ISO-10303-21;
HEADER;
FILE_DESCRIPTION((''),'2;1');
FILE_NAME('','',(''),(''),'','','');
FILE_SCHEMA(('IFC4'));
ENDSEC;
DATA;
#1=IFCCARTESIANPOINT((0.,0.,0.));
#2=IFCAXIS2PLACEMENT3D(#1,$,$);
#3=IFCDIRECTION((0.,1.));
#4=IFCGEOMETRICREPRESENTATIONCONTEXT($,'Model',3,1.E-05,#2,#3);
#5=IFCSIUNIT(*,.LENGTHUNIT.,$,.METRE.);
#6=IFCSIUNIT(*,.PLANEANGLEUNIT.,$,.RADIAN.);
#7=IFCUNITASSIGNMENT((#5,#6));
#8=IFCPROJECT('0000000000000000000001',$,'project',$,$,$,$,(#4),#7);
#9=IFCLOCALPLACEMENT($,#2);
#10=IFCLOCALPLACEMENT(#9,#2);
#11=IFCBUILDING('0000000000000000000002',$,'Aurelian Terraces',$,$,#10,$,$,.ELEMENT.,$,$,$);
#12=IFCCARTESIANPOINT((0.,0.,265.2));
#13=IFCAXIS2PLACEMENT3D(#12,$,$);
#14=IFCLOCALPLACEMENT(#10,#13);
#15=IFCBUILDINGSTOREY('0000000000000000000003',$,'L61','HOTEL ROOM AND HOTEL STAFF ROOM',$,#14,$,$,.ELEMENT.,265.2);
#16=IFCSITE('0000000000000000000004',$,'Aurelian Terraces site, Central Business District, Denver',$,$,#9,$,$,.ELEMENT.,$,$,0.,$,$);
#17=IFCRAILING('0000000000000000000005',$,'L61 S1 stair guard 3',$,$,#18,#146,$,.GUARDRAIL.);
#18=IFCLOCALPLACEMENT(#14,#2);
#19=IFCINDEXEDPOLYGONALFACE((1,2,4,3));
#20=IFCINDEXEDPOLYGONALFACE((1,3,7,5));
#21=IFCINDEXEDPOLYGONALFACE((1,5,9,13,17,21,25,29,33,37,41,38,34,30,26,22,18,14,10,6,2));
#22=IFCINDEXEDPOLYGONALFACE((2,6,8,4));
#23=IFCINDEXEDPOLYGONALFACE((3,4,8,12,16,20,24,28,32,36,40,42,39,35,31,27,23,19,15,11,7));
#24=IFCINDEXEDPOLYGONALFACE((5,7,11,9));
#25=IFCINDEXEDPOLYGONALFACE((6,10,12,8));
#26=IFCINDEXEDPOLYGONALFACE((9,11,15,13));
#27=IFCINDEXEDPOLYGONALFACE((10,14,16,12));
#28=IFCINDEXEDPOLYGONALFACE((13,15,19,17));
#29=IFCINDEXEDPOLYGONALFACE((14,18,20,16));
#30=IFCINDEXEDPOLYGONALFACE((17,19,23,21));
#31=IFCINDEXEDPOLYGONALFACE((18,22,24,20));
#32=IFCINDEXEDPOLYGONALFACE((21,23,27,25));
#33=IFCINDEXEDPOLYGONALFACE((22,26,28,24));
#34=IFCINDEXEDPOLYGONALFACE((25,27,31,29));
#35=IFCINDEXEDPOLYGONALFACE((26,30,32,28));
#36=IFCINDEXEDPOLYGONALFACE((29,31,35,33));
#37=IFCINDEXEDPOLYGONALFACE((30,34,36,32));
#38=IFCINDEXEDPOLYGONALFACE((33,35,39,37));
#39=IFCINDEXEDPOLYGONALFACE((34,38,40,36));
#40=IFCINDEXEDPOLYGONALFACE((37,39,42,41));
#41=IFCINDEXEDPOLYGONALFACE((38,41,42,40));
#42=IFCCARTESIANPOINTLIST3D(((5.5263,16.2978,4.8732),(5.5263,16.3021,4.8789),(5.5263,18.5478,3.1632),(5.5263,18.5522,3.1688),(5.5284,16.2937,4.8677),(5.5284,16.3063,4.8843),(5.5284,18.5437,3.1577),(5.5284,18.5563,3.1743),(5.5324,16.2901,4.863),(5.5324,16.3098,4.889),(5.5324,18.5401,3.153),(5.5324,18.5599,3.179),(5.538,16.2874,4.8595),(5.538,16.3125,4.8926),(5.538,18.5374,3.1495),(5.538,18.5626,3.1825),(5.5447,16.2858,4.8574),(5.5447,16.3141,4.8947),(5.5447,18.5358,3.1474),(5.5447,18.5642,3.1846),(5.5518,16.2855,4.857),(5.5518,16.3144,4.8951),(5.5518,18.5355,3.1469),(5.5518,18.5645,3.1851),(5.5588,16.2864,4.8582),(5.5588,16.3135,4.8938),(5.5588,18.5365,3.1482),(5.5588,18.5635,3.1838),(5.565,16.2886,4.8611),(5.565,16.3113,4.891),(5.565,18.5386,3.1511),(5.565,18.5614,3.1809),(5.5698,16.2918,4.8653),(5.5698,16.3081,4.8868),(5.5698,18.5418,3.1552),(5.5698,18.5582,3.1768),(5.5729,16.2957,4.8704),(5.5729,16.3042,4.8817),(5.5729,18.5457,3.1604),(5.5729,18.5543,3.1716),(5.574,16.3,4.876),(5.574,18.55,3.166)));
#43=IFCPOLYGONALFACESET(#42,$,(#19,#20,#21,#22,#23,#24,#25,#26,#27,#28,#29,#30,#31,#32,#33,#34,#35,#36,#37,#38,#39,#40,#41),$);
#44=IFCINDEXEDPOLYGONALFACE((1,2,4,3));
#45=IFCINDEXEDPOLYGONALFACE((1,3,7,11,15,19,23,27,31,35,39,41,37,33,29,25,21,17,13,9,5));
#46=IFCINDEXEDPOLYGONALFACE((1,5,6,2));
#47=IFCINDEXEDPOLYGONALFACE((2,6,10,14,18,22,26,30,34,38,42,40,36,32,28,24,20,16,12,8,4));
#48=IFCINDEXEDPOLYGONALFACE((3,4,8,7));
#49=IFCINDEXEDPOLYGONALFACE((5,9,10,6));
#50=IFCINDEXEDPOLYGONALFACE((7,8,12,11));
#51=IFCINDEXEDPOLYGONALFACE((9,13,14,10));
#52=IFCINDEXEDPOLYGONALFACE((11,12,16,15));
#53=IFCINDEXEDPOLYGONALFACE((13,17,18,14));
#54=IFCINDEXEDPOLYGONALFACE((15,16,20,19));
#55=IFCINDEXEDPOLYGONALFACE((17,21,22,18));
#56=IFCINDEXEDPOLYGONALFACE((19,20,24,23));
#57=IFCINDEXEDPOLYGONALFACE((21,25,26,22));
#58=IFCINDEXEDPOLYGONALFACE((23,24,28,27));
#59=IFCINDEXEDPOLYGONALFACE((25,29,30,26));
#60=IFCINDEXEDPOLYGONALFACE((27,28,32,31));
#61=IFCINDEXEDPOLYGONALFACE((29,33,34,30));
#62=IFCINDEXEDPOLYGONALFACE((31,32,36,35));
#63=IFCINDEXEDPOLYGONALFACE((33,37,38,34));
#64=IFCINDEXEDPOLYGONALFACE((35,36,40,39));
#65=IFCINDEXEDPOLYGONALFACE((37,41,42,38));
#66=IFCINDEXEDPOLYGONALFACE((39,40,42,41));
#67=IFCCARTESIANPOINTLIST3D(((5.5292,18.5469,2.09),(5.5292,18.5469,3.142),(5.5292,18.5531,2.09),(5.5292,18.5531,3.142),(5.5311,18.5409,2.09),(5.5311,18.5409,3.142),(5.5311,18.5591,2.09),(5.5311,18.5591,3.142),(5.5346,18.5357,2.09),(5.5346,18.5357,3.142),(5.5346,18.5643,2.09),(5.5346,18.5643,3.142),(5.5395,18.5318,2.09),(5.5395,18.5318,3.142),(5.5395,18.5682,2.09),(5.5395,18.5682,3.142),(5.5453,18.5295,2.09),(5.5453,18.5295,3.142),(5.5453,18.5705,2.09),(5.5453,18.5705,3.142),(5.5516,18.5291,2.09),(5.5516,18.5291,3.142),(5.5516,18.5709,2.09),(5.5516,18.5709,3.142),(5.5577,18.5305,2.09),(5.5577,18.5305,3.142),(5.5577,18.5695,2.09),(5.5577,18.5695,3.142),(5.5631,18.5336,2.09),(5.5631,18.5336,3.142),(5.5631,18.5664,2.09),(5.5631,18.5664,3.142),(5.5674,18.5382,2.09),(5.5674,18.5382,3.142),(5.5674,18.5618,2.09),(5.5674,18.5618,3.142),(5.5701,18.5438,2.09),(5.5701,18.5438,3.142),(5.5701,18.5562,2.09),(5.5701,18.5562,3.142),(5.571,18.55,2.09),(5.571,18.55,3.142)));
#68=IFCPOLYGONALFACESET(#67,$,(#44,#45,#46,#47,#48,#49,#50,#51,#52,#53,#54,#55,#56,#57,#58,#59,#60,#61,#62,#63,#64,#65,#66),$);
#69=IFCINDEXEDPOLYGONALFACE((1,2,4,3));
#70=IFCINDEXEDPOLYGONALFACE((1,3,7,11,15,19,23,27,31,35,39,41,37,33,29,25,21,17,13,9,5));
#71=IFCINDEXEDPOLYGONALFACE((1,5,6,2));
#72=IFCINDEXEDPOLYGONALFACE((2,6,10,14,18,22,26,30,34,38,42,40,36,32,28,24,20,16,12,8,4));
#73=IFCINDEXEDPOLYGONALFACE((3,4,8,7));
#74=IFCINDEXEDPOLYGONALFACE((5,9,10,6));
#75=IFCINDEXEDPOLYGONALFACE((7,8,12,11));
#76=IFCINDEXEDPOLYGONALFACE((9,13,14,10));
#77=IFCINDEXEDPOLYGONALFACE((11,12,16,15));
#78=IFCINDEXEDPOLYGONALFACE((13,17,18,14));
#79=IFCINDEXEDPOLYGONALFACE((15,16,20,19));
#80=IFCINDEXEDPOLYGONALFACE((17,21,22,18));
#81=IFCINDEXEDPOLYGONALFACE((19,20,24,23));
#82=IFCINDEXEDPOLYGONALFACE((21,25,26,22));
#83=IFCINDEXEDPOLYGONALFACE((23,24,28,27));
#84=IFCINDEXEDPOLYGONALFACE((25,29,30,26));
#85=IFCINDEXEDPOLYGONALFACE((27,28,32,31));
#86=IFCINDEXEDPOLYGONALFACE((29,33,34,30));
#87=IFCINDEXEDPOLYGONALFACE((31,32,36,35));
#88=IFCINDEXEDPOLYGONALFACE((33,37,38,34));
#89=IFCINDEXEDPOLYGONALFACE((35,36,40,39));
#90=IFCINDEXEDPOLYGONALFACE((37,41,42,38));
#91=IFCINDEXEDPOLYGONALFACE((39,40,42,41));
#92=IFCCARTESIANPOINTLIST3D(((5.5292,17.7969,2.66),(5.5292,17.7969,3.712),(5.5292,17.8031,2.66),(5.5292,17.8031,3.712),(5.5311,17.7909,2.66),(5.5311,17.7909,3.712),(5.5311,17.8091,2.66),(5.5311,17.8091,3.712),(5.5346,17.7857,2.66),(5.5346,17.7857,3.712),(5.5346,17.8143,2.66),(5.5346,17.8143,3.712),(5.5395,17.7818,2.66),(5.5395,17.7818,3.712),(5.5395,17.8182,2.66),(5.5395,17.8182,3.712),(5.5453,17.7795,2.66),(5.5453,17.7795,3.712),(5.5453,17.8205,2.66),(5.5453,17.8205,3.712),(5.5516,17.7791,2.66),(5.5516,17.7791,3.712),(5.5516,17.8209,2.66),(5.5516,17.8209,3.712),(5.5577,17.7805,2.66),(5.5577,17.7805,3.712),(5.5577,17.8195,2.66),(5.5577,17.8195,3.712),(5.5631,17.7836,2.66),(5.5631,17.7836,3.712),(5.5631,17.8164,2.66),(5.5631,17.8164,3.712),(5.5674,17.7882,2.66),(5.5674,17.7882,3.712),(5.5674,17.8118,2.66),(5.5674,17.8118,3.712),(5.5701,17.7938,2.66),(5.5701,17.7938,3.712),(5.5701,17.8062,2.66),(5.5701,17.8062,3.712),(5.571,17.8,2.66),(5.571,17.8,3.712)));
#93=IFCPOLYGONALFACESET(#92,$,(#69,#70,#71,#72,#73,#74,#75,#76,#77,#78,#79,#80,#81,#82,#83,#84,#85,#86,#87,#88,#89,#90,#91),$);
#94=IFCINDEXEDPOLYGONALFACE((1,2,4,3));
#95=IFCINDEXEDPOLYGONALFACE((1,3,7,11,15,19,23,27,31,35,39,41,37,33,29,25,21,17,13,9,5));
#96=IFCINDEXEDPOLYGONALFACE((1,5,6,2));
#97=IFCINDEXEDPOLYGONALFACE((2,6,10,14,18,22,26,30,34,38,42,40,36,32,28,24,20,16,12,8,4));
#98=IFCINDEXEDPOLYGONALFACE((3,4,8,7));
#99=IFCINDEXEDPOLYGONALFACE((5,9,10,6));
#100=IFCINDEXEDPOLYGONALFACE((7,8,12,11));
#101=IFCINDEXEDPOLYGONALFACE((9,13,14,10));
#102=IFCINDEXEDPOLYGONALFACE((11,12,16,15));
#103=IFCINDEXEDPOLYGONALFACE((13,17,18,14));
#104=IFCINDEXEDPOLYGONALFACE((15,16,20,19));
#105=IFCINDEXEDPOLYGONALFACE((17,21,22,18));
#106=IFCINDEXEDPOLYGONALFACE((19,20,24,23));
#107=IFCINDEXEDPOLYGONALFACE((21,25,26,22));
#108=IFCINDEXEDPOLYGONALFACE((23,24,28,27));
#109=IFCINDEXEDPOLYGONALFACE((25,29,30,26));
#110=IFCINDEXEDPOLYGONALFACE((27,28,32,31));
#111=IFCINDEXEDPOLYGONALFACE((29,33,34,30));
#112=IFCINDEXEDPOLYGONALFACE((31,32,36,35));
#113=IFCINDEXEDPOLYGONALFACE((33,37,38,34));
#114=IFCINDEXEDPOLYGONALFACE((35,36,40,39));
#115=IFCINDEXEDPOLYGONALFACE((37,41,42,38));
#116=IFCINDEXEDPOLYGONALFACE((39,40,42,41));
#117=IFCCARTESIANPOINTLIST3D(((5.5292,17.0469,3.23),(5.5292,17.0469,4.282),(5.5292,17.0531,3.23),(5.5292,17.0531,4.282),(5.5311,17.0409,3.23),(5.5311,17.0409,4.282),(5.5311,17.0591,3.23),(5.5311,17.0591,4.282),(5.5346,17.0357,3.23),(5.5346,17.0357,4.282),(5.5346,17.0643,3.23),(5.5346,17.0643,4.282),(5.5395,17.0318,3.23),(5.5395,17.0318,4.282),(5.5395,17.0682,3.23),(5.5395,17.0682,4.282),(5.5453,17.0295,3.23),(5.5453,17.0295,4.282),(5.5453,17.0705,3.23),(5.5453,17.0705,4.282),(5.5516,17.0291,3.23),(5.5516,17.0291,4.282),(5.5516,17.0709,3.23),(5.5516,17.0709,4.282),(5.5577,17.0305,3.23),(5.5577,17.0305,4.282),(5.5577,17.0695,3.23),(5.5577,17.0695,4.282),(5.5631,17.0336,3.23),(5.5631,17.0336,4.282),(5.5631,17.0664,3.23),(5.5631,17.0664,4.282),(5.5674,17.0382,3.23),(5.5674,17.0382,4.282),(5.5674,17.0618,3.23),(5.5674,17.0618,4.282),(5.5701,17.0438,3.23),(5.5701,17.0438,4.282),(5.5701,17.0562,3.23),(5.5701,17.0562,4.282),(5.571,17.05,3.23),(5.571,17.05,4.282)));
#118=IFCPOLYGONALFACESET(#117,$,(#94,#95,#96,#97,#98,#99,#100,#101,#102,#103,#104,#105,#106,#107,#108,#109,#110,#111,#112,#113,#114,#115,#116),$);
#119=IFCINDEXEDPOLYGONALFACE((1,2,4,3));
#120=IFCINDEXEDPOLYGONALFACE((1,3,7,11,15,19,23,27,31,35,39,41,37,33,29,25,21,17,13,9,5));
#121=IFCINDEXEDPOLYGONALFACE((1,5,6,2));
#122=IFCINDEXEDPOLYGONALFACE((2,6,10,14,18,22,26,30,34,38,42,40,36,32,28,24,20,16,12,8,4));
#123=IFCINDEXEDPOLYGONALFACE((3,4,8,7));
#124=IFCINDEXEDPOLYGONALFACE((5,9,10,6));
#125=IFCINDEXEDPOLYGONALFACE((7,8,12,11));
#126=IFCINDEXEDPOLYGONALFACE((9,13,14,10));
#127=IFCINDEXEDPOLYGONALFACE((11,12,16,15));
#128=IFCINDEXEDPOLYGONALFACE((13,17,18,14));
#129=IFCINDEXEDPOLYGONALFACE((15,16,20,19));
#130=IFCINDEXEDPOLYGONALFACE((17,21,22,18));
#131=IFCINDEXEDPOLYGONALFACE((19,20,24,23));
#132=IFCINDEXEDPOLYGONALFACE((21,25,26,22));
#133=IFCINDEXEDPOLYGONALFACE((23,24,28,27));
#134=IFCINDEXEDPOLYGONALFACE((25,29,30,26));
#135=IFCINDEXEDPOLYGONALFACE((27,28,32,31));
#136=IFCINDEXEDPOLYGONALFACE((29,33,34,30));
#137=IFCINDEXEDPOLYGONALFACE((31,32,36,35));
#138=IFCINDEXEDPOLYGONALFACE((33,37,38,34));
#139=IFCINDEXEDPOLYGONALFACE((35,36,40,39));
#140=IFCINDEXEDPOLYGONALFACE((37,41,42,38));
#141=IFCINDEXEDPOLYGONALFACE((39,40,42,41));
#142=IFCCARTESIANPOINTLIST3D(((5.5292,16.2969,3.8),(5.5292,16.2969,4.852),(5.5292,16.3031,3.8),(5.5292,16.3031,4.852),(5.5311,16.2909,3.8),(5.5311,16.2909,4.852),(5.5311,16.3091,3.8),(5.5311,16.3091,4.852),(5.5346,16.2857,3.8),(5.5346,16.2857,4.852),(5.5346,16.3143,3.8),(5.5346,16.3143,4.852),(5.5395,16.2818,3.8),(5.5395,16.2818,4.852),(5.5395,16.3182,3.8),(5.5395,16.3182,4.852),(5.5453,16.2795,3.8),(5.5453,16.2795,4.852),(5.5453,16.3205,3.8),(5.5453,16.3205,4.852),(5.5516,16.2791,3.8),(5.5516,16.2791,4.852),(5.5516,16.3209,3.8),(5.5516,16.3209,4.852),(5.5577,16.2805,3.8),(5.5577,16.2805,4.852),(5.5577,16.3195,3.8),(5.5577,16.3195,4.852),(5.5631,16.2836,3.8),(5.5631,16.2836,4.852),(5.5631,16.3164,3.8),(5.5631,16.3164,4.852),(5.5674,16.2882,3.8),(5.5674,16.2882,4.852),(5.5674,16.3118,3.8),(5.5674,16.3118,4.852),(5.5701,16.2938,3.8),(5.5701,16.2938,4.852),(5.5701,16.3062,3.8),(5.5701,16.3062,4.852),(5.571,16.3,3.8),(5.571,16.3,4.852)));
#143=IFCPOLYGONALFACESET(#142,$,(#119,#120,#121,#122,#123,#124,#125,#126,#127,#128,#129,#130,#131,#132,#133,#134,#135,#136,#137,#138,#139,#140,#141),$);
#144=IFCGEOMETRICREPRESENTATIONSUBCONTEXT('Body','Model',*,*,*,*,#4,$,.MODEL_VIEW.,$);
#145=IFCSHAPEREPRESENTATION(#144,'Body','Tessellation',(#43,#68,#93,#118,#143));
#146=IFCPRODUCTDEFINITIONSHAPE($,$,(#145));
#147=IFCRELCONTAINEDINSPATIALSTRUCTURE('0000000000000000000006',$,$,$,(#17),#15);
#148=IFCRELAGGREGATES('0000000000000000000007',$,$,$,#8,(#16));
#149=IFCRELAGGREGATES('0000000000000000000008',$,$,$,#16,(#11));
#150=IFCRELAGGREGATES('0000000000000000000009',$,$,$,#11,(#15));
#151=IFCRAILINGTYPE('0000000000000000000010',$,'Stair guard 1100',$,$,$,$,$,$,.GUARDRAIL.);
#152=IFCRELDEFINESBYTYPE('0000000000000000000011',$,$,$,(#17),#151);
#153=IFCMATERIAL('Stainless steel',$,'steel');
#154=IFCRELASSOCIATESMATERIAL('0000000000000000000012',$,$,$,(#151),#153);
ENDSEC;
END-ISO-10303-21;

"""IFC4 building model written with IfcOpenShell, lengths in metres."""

from ifc_helpers import new_model, si_unit, direction, frame, origin, origin_2d, place, context, subcontext, project, spatial, circle, extrude, source, transform, mapped, material, type_object, element, save


model = new_model("IFC4")

# Units and contexts
model_context = context("Model", 3, precision=1e-05, world=origin(), true_north=direction((0.0, 1.0)))
body_context = subcontext(model_context, "Body", "Model", "MODEL_VIEW")
ifc_project = project(units=[si_unit("LENGTHUNIT", "METRE"), si_unit("PLANEANGLEUNIT", "RADIAN")], contexts=[model_context])

# Site, building, storey
site_placement = place(None, origin())
site = spatial("IfcSite", under=ifc_project, at=site_placement, Name="Aurelian Terraces site, Central Business District, Denver", CompositionType="ELEMENT", RefElevation=0.0)
building_placement = place(site_placement, origin())
building = spatial("IfcBuilding", under=site, at=building_placement, Name="Aurelian Terraces", CompositionType="ELEMENT")
storey_placement = place(building_placement, frame((0.0, 0.0, 265.2)))
storey = spatial("IfcBuildingStorey", under=building, at=storey_placement, Name="L61", Description="HOTEL ROOM AND HOTEL STAFF ROOM", CompositionType="ELEMENT", Elevation=265.2)

# Railing
ifc_material_1 = material(Name="Stainless steel", Category="steel")
railing_type_1 = type_object("IfcRailingType", Name="Stair guard 1100", PredefinedType="GUARDRAIL", material=ifc_material_1)
shared_shape_1 = source(origin(), body_context, "Body", "SweptSolid", [
    extrude(circle(Radius=0.024, at=origin_2d()), frame((0.0, 0.0, 1.076), z_axis=(0.0, -0.796162, 0.605083), x_axis=(1.0, 0.0, 0.0)), (0.0, 0.0, 1.0), 2.8261),
    extrude(circle(Radius=0.021, at=origin_2d()), origin(), (0.0, 0.0, 1.0), 1.052),
    extrude(circle(Radius=0.021, at=origin_2d()), frame((0.0, -0.75, 0.57)), (0.0, 0.0, 1.0), 1.052),
    extrude(circle(Radius=0.021, at=origin_2d()), frame((0.0, -1.5, 1.14)), (0.0, 0.0, 1.0), 1.052),
    extrude(circle(Radius=0.021, at=origin_2d()), frame((0.0, -2.25, 1.71)), (0.0, 0.0, 1.0), 1.052),
])
railing_1_placement = place(storey_placement, frame((5.55, 18.55, 2.09)))
element("IfcRailing", 1, at=railing_1_placement, inside=storey, type_object=railing_type_1, Name="L61 S1 stair guard 3", PredefinedType="GUARDRAIL", context=body_context, shape_type="MappedRepresentation", body=[
    mapped(shared_shape_1, transform((0.0, 0.0, 0.0), scale=1.0)),
])

save(model, "model.ifc")
